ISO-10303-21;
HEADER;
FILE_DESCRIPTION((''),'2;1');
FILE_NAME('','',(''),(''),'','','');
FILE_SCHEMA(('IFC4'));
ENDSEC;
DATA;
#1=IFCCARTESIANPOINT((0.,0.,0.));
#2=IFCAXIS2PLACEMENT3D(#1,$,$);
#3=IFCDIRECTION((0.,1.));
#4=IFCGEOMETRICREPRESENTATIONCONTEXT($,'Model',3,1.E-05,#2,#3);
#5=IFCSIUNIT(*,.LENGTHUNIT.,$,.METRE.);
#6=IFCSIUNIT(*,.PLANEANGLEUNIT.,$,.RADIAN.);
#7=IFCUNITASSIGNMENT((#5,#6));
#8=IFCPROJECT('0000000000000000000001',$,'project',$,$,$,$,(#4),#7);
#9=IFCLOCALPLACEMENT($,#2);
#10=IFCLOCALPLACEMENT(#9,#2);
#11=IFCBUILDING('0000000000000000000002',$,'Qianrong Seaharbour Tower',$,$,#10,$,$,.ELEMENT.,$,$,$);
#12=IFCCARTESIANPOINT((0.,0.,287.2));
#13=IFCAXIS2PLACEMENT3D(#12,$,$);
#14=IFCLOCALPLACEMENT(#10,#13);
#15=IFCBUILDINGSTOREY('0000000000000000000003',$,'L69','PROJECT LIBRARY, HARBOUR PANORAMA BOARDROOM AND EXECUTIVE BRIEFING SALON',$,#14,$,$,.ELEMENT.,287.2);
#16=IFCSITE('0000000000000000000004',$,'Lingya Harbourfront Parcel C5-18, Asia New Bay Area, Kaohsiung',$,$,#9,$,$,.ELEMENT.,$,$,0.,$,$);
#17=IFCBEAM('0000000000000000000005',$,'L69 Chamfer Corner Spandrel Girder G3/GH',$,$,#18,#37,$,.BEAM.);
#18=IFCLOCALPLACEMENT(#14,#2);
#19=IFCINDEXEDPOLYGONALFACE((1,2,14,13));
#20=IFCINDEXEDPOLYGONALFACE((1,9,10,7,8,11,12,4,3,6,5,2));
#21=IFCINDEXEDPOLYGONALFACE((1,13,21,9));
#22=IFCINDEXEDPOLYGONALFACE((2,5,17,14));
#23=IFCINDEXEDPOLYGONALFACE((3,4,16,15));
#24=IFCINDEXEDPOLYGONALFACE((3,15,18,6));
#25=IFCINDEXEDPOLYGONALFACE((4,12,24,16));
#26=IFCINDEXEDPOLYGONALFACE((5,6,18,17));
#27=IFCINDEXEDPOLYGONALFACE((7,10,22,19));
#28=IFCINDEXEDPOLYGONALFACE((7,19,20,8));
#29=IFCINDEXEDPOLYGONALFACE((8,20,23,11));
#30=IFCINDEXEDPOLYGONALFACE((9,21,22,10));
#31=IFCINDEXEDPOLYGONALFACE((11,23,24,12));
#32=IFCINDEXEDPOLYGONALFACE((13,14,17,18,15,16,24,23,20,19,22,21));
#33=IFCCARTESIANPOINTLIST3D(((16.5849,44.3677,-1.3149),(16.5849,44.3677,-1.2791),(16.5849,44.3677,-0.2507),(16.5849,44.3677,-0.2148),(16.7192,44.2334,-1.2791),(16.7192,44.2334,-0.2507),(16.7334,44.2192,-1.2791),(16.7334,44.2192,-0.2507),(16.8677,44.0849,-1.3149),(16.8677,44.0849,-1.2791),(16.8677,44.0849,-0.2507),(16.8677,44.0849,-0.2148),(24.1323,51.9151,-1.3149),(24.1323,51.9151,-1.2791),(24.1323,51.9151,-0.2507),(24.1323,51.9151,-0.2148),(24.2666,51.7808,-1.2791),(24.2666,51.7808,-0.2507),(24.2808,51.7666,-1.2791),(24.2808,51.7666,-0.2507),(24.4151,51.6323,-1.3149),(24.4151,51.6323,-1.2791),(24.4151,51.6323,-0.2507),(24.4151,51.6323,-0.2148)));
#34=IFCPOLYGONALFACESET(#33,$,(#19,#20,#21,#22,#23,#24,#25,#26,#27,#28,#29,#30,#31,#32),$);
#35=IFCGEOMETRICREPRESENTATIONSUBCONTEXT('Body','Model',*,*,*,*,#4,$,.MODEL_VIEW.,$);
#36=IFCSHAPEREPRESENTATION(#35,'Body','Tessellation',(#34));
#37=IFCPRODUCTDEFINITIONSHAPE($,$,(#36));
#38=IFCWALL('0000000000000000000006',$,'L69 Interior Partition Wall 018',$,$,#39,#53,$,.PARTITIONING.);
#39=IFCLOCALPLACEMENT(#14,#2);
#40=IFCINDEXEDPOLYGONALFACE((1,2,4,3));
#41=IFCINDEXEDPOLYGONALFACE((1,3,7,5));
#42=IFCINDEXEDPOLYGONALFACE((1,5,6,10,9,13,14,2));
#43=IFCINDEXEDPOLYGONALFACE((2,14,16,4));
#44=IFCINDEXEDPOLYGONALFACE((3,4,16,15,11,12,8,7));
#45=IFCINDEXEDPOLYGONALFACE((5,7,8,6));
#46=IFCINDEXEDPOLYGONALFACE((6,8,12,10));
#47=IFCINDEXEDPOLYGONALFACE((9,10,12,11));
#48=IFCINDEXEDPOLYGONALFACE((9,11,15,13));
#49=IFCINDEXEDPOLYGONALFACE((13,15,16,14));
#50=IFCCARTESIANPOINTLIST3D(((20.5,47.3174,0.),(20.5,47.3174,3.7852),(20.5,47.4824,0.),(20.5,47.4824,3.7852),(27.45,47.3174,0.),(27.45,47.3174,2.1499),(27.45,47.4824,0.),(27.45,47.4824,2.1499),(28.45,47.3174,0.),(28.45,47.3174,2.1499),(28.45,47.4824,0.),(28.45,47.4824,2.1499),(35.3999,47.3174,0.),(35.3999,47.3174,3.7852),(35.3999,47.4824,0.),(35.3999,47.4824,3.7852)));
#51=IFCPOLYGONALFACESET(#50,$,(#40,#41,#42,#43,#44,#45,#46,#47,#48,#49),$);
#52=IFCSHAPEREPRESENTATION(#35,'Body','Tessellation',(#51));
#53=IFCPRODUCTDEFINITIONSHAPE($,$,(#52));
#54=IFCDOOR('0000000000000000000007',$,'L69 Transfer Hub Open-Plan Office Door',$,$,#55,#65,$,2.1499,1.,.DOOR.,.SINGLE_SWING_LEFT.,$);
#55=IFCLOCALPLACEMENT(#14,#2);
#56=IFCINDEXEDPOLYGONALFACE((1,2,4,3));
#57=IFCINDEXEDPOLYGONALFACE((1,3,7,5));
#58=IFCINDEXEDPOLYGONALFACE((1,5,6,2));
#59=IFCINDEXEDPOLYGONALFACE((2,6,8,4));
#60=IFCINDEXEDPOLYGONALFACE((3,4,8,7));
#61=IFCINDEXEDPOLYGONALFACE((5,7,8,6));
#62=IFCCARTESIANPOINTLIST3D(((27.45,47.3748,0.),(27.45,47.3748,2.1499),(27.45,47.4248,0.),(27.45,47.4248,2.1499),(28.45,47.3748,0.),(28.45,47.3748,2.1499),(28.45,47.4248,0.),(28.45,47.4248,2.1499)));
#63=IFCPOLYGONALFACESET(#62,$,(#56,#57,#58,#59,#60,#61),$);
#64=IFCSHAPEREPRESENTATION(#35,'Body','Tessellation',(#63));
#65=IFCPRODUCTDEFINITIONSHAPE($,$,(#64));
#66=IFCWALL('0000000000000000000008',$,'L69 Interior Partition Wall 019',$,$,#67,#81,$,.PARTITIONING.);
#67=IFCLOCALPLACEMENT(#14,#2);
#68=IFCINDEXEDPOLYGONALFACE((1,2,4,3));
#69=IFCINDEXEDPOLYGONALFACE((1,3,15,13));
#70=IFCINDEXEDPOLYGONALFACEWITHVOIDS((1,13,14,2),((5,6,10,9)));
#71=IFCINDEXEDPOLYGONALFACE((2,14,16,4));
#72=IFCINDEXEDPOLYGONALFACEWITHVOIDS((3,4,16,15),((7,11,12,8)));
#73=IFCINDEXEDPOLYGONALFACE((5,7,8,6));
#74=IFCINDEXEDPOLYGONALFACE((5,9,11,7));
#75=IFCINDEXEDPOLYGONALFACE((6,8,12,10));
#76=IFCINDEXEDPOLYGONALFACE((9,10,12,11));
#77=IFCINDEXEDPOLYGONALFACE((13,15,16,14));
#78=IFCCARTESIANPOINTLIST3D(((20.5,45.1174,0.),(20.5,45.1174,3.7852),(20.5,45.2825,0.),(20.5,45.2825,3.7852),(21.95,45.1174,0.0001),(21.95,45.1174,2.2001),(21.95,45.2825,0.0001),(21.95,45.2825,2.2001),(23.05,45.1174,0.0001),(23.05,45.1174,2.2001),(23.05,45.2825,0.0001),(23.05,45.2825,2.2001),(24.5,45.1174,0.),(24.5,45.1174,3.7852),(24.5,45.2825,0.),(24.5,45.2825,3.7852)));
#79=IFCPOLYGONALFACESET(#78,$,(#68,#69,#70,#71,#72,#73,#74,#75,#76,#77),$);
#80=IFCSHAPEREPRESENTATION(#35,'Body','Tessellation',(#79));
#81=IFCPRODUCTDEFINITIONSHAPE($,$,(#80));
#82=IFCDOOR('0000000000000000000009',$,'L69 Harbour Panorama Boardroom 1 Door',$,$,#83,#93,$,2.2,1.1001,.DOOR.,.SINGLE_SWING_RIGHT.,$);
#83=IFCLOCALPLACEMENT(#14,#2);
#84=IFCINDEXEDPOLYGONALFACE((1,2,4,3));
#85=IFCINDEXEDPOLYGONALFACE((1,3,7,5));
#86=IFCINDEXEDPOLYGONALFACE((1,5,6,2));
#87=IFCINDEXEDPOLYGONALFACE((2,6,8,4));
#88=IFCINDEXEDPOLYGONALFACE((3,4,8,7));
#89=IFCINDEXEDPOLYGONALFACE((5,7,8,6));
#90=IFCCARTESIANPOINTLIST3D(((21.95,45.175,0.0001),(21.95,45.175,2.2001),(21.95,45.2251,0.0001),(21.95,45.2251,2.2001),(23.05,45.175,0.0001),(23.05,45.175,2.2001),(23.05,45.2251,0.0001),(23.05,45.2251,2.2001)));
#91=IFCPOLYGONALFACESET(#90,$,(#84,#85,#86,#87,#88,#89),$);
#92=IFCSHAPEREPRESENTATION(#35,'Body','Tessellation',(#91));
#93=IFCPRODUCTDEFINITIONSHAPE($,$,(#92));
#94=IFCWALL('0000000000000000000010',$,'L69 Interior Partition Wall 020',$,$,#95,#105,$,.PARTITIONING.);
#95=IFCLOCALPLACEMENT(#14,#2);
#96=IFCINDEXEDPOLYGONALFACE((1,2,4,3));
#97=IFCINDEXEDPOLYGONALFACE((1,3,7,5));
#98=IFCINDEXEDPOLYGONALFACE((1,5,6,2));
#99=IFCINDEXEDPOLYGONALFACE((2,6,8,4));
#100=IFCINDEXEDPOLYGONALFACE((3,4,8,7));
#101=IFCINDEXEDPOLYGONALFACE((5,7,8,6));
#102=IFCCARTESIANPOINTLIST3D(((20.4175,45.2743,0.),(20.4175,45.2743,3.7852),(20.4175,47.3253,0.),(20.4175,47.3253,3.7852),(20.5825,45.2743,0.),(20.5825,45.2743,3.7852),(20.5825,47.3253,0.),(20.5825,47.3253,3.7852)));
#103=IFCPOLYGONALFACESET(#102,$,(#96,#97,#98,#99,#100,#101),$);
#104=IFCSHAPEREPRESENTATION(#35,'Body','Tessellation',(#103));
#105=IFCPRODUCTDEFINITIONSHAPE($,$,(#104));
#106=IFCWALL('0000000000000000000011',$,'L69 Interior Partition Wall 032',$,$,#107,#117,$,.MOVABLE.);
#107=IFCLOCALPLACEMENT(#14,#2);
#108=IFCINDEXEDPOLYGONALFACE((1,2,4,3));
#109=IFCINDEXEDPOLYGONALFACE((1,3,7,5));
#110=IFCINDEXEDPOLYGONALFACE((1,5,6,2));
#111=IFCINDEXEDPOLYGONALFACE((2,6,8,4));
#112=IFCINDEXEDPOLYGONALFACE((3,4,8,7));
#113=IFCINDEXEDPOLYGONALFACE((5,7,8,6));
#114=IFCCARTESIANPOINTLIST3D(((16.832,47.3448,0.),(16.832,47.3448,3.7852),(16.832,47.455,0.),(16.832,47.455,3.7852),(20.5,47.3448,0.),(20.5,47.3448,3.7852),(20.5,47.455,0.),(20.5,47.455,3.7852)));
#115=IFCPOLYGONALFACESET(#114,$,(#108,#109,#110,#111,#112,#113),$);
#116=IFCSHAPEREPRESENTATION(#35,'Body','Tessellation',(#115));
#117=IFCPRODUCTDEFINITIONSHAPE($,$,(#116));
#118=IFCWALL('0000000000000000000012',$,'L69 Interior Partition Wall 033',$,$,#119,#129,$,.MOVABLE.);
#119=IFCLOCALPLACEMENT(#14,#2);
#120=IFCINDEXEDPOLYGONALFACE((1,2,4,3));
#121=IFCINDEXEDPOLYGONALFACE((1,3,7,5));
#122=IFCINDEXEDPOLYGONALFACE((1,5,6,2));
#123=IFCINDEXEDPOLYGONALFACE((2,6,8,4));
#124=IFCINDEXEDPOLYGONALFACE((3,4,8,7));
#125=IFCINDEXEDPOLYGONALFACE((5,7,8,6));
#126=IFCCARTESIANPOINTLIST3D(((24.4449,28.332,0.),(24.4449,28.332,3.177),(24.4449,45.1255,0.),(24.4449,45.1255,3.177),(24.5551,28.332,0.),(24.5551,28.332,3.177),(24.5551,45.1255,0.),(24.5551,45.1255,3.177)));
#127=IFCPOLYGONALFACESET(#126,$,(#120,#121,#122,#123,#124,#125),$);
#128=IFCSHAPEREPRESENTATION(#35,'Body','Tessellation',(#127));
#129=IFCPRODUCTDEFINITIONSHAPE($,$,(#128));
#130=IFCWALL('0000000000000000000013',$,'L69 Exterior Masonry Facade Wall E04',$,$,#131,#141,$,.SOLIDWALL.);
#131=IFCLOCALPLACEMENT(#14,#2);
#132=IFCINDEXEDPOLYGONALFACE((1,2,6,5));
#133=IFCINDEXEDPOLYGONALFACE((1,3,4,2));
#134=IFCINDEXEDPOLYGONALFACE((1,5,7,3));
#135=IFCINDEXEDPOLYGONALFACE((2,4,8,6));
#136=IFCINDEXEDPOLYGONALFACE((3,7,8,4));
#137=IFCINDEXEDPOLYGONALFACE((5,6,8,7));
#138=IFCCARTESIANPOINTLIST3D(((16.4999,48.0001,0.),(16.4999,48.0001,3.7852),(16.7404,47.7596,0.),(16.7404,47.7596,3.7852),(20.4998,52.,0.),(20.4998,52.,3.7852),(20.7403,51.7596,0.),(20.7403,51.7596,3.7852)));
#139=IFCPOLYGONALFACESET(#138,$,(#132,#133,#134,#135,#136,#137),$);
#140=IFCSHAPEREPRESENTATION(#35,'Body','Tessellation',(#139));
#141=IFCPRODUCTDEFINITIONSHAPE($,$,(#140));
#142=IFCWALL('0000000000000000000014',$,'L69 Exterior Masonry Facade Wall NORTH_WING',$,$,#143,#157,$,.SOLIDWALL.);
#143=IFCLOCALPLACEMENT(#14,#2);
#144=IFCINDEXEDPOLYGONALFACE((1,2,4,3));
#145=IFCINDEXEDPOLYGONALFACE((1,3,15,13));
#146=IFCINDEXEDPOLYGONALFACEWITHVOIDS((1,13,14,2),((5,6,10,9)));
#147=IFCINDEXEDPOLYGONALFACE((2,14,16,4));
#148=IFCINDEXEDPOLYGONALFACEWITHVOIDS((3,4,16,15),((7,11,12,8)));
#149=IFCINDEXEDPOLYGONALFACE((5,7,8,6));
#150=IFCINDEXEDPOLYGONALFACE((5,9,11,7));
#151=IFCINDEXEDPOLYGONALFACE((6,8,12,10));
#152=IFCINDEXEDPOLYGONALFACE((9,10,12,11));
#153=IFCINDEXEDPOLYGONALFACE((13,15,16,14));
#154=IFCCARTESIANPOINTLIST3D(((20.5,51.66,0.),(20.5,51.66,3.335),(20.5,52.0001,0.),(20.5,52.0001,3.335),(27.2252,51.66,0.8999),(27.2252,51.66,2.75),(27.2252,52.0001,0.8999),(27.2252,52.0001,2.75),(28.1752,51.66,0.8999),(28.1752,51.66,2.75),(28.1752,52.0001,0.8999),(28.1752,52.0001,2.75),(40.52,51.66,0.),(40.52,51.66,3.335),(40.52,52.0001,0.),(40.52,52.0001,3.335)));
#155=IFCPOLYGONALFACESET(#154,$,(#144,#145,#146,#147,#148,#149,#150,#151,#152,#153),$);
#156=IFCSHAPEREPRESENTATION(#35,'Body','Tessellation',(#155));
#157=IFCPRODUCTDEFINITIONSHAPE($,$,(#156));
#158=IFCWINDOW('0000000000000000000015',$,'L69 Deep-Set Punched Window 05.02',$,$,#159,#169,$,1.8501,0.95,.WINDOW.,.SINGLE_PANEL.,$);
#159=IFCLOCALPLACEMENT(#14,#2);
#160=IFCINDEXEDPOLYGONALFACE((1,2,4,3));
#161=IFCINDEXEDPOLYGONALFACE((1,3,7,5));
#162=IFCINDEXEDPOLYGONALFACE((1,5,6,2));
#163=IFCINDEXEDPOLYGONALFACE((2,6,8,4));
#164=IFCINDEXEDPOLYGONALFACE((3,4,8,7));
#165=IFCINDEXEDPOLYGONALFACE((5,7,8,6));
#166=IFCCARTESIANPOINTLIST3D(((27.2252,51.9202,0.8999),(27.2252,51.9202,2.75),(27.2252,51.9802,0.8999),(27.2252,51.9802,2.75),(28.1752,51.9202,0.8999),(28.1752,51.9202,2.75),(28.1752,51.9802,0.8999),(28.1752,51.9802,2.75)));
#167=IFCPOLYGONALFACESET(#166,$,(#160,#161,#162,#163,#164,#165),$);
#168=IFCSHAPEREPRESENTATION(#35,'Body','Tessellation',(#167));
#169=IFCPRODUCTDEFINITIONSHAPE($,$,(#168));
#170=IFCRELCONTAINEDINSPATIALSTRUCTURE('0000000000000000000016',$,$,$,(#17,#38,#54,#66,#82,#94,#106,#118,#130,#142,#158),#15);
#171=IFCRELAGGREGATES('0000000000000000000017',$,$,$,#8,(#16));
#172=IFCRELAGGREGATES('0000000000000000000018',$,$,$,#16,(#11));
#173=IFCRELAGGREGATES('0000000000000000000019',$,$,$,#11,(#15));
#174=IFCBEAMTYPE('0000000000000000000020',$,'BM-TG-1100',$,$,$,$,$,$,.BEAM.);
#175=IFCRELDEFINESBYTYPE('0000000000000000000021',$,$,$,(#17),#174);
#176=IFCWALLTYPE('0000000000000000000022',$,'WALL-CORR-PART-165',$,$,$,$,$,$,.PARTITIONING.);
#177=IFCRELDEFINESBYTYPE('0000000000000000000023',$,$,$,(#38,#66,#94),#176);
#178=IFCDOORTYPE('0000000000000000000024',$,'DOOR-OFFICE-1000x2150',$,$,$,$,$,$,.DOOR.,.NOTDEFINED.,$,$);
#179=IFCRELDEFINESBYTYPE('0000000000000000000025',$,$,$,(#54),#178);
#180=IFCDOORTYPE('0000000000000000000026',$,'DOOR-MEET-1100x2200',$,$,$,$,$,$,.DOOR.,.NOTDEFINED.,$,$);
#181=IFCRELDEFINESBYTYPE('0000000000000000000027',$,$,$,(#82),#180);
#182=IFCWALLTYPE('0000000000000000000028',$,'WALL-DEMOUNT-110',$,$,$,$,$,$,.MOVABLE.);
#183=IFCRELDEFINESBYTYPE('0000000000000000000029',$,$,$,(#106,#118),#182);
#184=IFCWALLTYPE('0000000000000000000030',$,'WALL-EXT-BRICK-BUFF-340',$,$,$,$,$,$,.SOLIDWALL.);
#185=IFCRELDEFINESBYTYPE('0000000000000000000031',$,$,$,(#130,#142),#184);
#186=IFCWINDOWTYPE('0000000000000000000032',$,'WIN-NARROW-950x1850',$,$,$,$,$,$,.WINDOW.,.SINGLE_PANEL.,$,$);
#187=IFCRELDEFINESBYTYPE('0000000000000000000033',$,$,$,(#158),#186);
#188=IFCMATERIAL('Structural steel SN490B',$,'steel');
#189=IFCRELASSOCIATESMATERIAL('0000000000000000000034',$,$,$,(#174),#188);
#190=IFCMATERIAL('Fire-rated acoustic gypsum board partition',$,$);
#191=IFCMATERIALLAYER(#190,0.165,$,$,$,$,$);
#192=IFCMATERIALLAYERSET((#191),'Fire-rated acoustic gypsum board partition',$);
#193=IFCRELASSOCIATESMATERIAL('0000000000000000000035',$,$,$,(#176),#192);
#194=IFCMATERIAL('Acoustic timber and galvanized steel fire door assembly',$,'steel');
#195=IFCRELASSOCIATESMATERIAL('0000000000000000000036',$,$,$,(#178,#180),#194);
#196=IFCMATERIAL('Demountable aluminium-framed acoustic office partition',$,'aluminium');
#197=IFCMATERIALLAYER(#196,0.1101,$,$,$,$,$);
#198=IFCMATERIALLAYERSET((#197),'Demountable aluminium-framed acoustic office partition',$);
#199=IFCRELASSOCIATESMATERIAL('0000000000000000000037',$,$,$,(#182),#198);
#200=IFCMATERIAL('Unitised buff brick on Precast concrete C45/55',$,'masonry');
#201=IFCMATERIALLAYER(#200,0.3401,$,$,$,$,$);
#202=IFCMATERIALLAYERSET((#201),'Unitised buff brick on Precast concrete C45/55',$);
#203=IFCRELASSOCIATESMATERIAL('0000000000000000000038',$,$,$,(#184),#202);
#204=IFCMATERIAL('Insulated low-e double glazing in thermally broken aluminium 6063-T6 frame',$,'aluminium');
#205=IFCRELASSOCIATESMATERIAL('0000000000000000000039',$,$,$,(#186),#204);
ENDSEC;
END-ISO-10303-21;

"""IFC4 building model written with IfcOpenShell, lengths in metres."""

from ifc_helpers import new_model, si_unit, direction, frame, frame_2d, origin, origin_2d, place, context, subcontext, project, spatial, rectangle, i_section, extrude, material, layer, layer_set, material_profile, profile_set, type_object, element, fill, save


model = new_model("IFC4")

# Units and contexts
model_context = context("Model", 3, precision=1e-05, world=origin(), true_north=direction((0.0, 1.0)))
body_context = subcontext(model_context, "Body", "Model", "MODEL_VIEW")
ifc_project = project(units=[si_unit("LENGTHUNIT", "METRE"), si_unit("PLANEANGLEUNIT", "RADIAN")], contexts=[model_context])

# Site, building, storey
site_placement = place(None, origin())
site = spatial("IfcSite", under=ifc_project, at=site_placement, Name="Lingya Harbourfront Parcel C5-18, Asia New Bay Area, Kaohsiung", CompositionType="ELEMENT", RefElevation=0.0)
building_placement = place(site_placement, origin())
building = spatial("IfcBuilding", under=site, at=building_placement, Name="Qianrong Seaharbour Tower", CompositionType="ELEMENT")
storey_placement = place(building_placement, frame((0.0, 0.0, 287.2)))
storey = spatial("IfcBuildingStorey", under=building, at=storey_placement, Name="L69", Description="PROJECT LIBRARY, HARBOUR PANORAMA BOARDROOM AND EXECUTIVE BRIEFING SALON", CompositionType="ELEMENT", Elevation=287.2)

# Beam
ifc_material_1 = material(Name="Structural steel SN490B", Category="steel")
ifc_material_profile_1 = material_profile(ifc_material_1, i_section(OverallWidth=0.3999, OverallDepth=1.1001, WebThickness=0.02, FlangeThickness=0.0359, at=origin_2d()), Name="BH1100x400x20x36")
ifc_profile_set_1 = profile_set([ifc_material_profile_1], Name="Structural steel SN490B")
beam_type_1 = type_object("IfcBeamType", Name="BM-TG-1100", PredefinedType="BEAM", material=ifc_profile_set_1)
beam_1_placement = place(storey_placement, frame((24.2737, 51.7737, -0.7649), z_axis=(-0.707107, -0.707107, 0.0), x_axis=(0.707107, -0.707107, 0.0)))
element("IfcBeam", 1, at=beam_1_placement, inside=storey, type_object=beam_type_1, Name="L69 Chamfer Corner Spandrel Girder G3/GH", PredefinedType="BEAM", context=body_context, shape_type="SweptSolid", body=[
    extrude(i_section(OverallWidth=0.3999, OverallDepth=1.1001, WebThickness=0.02, FlangeThickness=0.0359, at=origin_2d()), origin(), (0.0, 0.0, 1.0), 10.6736),
])

# Walls, openings, doors
ifc_material_2 = material(Name="Fire-rated acoustic gypsum board partition")
ifc_layer_1 = layer(ifc_material_2, 0.165)
ifc_layer_set_1 = layer_set([ifc_layer_1], Name="Fire-rated acoustic gypsum board partition")
wall_type_1 = type_object("IfcWallType", Name="WALL-CORR-PART-165", PredefinedType="PARTITIONING", material=ifc_layer_set_1)
wall_1_placement = place(storey_placement, frame((20.5, 47.3999, 0.0), z_axis=(0.0, 0.0, 1.0), x_axis=(1.0, 0.0, 0.0)))
wall_1 = element("IfcWall", 2, at=wall_1_placement, inside=storey, type_object=wall_type_1, Name="L69 Interior Partition Wall 018", PredefinedType="PARTITIONING", context=body_context, shape_type="SweptSolid", body=[
    extrude(rectangle(XDim=14.8999, YDim=0.165, at=frame_2d((7.45, 0.0))), origin(), (0.0, 0.0, 1.0), 3.7852),
])
opening_1_placement = place(wall_1_placement, frame((6.95, 0.0, 0.0)))
opening_1 = element("IfcOpeningElement", 3, at=opening_1_placement, cuts=wall_1, PredefinedType="OPENING", context=body_context, shape_type="SweptSolid", body=[
    extrude(rectangle(XDim=1.0, YDim=2.1499, at=frame_2d((0.5, 1.075))), frame((0.0, 0.0925, 0.0), z_axis=(0.0, -1.0, 0.0), x_axis=(1.0, 0.0, 0.0)), (0.0, 0.0, 1.0), 0.1851),
])
ifc_material_3 = material(Name="Acoustic timber and galvanized steel fire door assembly", Category="steel")
door_type_1 = type_object("IfcDoorType", Name="DOOR-OFFICE-1000x2150", OperationType="NOTDEFINED", PredefinedType="DOOR", material=ifc_material_3)
door_1_placement = place(opening_1_placement, origin())
door_1 = element("IfcDoor", 4, at=door_1_placement, inside=storey, type_object=door_type_1, Name="L69 Transfer Hub Open-Plan Office Door", OperationType="SINGLE_SWING_LEFT", OverallHeight=2.1499, OverallWidth=1.0, PredefinedType="DOOR", context=body_context, shape_type="SweptSolid", body=[
    extrude(rectangle(XDim=1.0, YDim=2.1499, at=frame_2d((0.5, 1.075))), frame((0.0, 0.0249, 0.0), z_axis=(0.0, -1.0, 0.0), x_axis=(1.0, 0.0, 0.0)), (0.0, 0.0, 1.0), 0.05),
])
fill(opening_1, door_1)
wall_2_placement = place(storey_placement, frame((24.5, 45.2, 0.0), z_axis=(0.0, 0.0, 1.0), x_axis=(-1.0, 0.0, 0.0)))
wall_2 = element("IfcWall", 5, at=wall_2_placement, inside=storey, type_object=wall_type_1, Name="L69 Interior Partition Wall 019", PredefinedType="PARTITIONING", context=body_context, shape_type="SweptSolid", body=[
    extrude(rectangle(XDim=4.0, YDim=0.165, at=frame_2d((2.0, 0.0))), origin(), (0.0, 0.0, 1.0), 3.7852),
])
opening_2_placement = place(wall_2_placement, frame((1.45, 0.0, 0.0)))
opening_2 = element("IfcOpeningElement", 6, at=opening_2_placement, cuts=wall_2, PredefinedType="OPENING", context=body_context, shape_type="SweptSolid", body=[
    extrude(rectangle(XDim=1.1001, YDim=2.2, at=frame_2d((0.55, 1.1001))), frame((0.0, 0.0925, 0.0), z_axis=(0.0, -1.0, 0.0), x_axis=(1.0, 0.0, 0.0)), (0.0, 0.0, 1.0), 0.1851),
])
door_type_2 = type_object("IfcDoorType", Name="DOOR-MEET-1100x2200", OperationType="NOTDEFINED", PredefinedType="DOOR", material=ifc_material_3)
door_2_placement = place(opening_2_placement, origin())
door_2 = element("IfcDoor", 7, at=door_2_placement, inside=storey, type_object=door_type_2, Name="L69 Harbour Panorama Boardroom 1 Door", OperationType="SINGLE_SWING_RIGHT", OverallHeight=2.2, OverallWidth=1.1001, PredefinedType="DOOR", context=body_context, shape_type="SweptSolid", body=[
    extrude(rectangle(XDim=1.1001, YDim=2.2, at=frame_2d((0.55, 1.1001))), frame((0.0, 0.0249, 0.0), z_axis=(0.0, -1.0, 0.0), x_axis=(1.0, 0.0, 0.0)), (0.0, 0.0, 1.0), 0.05),
])
fill(opening_2, door_2)

# Walls
wall_3_placement = place(storey_placement, frame((20.5, 45.2744, 0.0), z_axis=(0.0, 0.0, 1.0), x_axis=(0.0, 1.0, 0.0)))
element("IfcWall", 8, at=wall_3_placement, inside=storey, type_object=wall_type_1, Name="L69 Interior Partition Wall 020", PredefinedType="PARTITIONING", context=body_context, shape_type="SweptSolid", body=[
    extrude(rectangle(XDim=2.051, YDim=0.165, at=frame_2d((1.0254, 0.0))), origin(), (0.0, 0.0, 1.0), 3.7852),
])
ifc_material_4 = material(Name="Demountable aluminium-framed acoustic office partition", Category="aluminium")
ifc_layer_2 = layer(ifc_material_4, 0.1101)
ifc_layer_set_2 = layer_set([ifc_layer_2], Name="Demountable aluminium-framed acoustic office partition")
wall_type_2 = type_object("IfcWallType", Name="WALL-DEMOUNT-110", PredefinedType="MOVABLE", material=ifc_layer_set_2)
wall_4_placement = place(storey_placement, frame((20.5, 47.3999, 0.0), z_axis=(0.0, 0.0, 1.0), x_axis=(-1.0, 0.0, 0.0)))
element("IfcWall", 9, at=wall_4_placement, inside=storey, type_object=wall_type_2, Name="L69 Interior Partition Wall 032", PredefinedType="MOVABLE", context=body_context, shape_type="SweptSolid", body=[
    extrude(rectangle(XDim=3.668, YDim=0.1101, at=frame_2d((1.834, 0.0))), origin(), (0.0, 0.0, 1.0), 3.7852),
])
wall_5_placement = place(storey_placement, frame((24.5, 45.1255, 0.0), z_axis=(0.0, 0.0, 1.0), x_axis=(0.0, -1.0, 0.0)))
element("IfcWall", 10, at=wall_5_placement, inside=storey, type_object=wall_type_2, Name="L69 Interior Partition Wall 033", PredefinedType="MOVABLE", context=body_context, shape_type="SweptSolid", body=[
    extrude(rectangle(XDim=16.7935, YDim=0.1101, at=frame_2d((8.3967, 0.0))), origin(), (0.0, 0.0, 1.0), 3.177),
])
ifc_material_5 = material(Name="Unitised buff brick on Precast concrete C45/55", Category="masonry")
ifc_layer_3 = layer(ifc_material_5, 0.3401)
ifc_layer_set_3 = layer_set([ifc_layer_3], Name="Unitised buff brick on Precast concrete C45/55")
wall_type_3 = type_object("IfcWallType", Name="WALL-EXT-BRICK-BUFF-340", PredefinedType="SOLIDWALL", material=ifc_layer_set_3)
wall_6_placement = place(storey_placement, frame((16.6201, 47.8799, 0.0), z_axis=(0.0, 0.0, 1.0), x_axis=(0.707107, 0.707107, 0.0)))
element("IfcWall", 11, at=wall_6_placement, inside=storey, type_object=wall_type_3, Name="L69 Exterior Masonry Facade Wall E04", PredefinedType="SOLIDWALL", context=body_context, shape_type="SweptSolid", body=[
    extrude(rectangle(XDim=5.6567, YDim=0.3401, at=frame_2d((2.8284, 0.0))), origin(), (0.0, 0.0, 1.0), 3.7852),
])

# Wall, opening, window
wall_7_placement = place(storey_placement, frame((20.5, 51.8301, 0.0), z_axis=(0.0, 0.0, 1.0), x_axis=(1.0, 0.0, 0.0)))
wall_7 = element("IfcWall", 12, at=wall_7_placement, inside=storey, type_object=wall_type_3, Name="L69 Exterior Masonry Facade Wall NORTH_WING", PredefinedType="SOLIDWALL", context=body_context, shape_type="SweptSolid", body=[
    extrude(rectangle(XDim=20.02, YDim=0.3401, at=frame_2d((10.01, 0.0))), origin(), (0.0, 0.0, 1.0), 3.335),
])
opening_3_placement = place(wall_7_placement, frame((6.7251, 0.0, 0.8999)))
opening_3 = element("IfcOpeningElement", 13, at=opening_3_placement, cuts=wall_7, PredefinedType="OPENING", context=body_context, shape_type="SweptSolid", body=[
    extrude(rectangle(XDim=0.95, YDim=1.8501, at=frame_2d((0.4751, 0.925))), frame((0.0, 0.1802, 0.0), z_axis=(0.0, -1.0, 0.0), x_axis=(1.0, 0.0, 0.0)), (0.0, 0.0, 1.0), 0.3601),
])
ifc_material_6 = material(Name="Insulated low-e double glazing in thermally broken aluminium 6063-T6 frame", Category="aluminium")
window_type = type_object("IfcWindowType", Name="WIN-NARROW-950x1850", PartitioningType="SINGLE_PANEL", PredefinedType="WINDOW", material=ifc_material_6)
window_placement = place(opening_3_placement, origin())
window = element("IfcWindow", 14, at=window_placement, inside=storey, type_object=window_type, Name="L69 Deep-Set Punched Window 05.02", OverallHeight=1.8501, OverallWidth=0.95, PartitioningType="SINGLE_PANEL", PredefinedType="WINDOW", context=body_context, shape_type="SweptSolid", body=[
    extrude(rectangle(XDim=0.95, YDim=1.8501, at=frame_2d((0.4751, 0.925))), frame((0.0, 0.1501, 0.0), z_axis=(0.0, -1.0, 0.0), x_axis=(1.0, 0.0, 0.0)), (0.0, 0.0, 1.0), 0.0601),
])
fill(opening_3, window)

save(model, "model.ifc")
